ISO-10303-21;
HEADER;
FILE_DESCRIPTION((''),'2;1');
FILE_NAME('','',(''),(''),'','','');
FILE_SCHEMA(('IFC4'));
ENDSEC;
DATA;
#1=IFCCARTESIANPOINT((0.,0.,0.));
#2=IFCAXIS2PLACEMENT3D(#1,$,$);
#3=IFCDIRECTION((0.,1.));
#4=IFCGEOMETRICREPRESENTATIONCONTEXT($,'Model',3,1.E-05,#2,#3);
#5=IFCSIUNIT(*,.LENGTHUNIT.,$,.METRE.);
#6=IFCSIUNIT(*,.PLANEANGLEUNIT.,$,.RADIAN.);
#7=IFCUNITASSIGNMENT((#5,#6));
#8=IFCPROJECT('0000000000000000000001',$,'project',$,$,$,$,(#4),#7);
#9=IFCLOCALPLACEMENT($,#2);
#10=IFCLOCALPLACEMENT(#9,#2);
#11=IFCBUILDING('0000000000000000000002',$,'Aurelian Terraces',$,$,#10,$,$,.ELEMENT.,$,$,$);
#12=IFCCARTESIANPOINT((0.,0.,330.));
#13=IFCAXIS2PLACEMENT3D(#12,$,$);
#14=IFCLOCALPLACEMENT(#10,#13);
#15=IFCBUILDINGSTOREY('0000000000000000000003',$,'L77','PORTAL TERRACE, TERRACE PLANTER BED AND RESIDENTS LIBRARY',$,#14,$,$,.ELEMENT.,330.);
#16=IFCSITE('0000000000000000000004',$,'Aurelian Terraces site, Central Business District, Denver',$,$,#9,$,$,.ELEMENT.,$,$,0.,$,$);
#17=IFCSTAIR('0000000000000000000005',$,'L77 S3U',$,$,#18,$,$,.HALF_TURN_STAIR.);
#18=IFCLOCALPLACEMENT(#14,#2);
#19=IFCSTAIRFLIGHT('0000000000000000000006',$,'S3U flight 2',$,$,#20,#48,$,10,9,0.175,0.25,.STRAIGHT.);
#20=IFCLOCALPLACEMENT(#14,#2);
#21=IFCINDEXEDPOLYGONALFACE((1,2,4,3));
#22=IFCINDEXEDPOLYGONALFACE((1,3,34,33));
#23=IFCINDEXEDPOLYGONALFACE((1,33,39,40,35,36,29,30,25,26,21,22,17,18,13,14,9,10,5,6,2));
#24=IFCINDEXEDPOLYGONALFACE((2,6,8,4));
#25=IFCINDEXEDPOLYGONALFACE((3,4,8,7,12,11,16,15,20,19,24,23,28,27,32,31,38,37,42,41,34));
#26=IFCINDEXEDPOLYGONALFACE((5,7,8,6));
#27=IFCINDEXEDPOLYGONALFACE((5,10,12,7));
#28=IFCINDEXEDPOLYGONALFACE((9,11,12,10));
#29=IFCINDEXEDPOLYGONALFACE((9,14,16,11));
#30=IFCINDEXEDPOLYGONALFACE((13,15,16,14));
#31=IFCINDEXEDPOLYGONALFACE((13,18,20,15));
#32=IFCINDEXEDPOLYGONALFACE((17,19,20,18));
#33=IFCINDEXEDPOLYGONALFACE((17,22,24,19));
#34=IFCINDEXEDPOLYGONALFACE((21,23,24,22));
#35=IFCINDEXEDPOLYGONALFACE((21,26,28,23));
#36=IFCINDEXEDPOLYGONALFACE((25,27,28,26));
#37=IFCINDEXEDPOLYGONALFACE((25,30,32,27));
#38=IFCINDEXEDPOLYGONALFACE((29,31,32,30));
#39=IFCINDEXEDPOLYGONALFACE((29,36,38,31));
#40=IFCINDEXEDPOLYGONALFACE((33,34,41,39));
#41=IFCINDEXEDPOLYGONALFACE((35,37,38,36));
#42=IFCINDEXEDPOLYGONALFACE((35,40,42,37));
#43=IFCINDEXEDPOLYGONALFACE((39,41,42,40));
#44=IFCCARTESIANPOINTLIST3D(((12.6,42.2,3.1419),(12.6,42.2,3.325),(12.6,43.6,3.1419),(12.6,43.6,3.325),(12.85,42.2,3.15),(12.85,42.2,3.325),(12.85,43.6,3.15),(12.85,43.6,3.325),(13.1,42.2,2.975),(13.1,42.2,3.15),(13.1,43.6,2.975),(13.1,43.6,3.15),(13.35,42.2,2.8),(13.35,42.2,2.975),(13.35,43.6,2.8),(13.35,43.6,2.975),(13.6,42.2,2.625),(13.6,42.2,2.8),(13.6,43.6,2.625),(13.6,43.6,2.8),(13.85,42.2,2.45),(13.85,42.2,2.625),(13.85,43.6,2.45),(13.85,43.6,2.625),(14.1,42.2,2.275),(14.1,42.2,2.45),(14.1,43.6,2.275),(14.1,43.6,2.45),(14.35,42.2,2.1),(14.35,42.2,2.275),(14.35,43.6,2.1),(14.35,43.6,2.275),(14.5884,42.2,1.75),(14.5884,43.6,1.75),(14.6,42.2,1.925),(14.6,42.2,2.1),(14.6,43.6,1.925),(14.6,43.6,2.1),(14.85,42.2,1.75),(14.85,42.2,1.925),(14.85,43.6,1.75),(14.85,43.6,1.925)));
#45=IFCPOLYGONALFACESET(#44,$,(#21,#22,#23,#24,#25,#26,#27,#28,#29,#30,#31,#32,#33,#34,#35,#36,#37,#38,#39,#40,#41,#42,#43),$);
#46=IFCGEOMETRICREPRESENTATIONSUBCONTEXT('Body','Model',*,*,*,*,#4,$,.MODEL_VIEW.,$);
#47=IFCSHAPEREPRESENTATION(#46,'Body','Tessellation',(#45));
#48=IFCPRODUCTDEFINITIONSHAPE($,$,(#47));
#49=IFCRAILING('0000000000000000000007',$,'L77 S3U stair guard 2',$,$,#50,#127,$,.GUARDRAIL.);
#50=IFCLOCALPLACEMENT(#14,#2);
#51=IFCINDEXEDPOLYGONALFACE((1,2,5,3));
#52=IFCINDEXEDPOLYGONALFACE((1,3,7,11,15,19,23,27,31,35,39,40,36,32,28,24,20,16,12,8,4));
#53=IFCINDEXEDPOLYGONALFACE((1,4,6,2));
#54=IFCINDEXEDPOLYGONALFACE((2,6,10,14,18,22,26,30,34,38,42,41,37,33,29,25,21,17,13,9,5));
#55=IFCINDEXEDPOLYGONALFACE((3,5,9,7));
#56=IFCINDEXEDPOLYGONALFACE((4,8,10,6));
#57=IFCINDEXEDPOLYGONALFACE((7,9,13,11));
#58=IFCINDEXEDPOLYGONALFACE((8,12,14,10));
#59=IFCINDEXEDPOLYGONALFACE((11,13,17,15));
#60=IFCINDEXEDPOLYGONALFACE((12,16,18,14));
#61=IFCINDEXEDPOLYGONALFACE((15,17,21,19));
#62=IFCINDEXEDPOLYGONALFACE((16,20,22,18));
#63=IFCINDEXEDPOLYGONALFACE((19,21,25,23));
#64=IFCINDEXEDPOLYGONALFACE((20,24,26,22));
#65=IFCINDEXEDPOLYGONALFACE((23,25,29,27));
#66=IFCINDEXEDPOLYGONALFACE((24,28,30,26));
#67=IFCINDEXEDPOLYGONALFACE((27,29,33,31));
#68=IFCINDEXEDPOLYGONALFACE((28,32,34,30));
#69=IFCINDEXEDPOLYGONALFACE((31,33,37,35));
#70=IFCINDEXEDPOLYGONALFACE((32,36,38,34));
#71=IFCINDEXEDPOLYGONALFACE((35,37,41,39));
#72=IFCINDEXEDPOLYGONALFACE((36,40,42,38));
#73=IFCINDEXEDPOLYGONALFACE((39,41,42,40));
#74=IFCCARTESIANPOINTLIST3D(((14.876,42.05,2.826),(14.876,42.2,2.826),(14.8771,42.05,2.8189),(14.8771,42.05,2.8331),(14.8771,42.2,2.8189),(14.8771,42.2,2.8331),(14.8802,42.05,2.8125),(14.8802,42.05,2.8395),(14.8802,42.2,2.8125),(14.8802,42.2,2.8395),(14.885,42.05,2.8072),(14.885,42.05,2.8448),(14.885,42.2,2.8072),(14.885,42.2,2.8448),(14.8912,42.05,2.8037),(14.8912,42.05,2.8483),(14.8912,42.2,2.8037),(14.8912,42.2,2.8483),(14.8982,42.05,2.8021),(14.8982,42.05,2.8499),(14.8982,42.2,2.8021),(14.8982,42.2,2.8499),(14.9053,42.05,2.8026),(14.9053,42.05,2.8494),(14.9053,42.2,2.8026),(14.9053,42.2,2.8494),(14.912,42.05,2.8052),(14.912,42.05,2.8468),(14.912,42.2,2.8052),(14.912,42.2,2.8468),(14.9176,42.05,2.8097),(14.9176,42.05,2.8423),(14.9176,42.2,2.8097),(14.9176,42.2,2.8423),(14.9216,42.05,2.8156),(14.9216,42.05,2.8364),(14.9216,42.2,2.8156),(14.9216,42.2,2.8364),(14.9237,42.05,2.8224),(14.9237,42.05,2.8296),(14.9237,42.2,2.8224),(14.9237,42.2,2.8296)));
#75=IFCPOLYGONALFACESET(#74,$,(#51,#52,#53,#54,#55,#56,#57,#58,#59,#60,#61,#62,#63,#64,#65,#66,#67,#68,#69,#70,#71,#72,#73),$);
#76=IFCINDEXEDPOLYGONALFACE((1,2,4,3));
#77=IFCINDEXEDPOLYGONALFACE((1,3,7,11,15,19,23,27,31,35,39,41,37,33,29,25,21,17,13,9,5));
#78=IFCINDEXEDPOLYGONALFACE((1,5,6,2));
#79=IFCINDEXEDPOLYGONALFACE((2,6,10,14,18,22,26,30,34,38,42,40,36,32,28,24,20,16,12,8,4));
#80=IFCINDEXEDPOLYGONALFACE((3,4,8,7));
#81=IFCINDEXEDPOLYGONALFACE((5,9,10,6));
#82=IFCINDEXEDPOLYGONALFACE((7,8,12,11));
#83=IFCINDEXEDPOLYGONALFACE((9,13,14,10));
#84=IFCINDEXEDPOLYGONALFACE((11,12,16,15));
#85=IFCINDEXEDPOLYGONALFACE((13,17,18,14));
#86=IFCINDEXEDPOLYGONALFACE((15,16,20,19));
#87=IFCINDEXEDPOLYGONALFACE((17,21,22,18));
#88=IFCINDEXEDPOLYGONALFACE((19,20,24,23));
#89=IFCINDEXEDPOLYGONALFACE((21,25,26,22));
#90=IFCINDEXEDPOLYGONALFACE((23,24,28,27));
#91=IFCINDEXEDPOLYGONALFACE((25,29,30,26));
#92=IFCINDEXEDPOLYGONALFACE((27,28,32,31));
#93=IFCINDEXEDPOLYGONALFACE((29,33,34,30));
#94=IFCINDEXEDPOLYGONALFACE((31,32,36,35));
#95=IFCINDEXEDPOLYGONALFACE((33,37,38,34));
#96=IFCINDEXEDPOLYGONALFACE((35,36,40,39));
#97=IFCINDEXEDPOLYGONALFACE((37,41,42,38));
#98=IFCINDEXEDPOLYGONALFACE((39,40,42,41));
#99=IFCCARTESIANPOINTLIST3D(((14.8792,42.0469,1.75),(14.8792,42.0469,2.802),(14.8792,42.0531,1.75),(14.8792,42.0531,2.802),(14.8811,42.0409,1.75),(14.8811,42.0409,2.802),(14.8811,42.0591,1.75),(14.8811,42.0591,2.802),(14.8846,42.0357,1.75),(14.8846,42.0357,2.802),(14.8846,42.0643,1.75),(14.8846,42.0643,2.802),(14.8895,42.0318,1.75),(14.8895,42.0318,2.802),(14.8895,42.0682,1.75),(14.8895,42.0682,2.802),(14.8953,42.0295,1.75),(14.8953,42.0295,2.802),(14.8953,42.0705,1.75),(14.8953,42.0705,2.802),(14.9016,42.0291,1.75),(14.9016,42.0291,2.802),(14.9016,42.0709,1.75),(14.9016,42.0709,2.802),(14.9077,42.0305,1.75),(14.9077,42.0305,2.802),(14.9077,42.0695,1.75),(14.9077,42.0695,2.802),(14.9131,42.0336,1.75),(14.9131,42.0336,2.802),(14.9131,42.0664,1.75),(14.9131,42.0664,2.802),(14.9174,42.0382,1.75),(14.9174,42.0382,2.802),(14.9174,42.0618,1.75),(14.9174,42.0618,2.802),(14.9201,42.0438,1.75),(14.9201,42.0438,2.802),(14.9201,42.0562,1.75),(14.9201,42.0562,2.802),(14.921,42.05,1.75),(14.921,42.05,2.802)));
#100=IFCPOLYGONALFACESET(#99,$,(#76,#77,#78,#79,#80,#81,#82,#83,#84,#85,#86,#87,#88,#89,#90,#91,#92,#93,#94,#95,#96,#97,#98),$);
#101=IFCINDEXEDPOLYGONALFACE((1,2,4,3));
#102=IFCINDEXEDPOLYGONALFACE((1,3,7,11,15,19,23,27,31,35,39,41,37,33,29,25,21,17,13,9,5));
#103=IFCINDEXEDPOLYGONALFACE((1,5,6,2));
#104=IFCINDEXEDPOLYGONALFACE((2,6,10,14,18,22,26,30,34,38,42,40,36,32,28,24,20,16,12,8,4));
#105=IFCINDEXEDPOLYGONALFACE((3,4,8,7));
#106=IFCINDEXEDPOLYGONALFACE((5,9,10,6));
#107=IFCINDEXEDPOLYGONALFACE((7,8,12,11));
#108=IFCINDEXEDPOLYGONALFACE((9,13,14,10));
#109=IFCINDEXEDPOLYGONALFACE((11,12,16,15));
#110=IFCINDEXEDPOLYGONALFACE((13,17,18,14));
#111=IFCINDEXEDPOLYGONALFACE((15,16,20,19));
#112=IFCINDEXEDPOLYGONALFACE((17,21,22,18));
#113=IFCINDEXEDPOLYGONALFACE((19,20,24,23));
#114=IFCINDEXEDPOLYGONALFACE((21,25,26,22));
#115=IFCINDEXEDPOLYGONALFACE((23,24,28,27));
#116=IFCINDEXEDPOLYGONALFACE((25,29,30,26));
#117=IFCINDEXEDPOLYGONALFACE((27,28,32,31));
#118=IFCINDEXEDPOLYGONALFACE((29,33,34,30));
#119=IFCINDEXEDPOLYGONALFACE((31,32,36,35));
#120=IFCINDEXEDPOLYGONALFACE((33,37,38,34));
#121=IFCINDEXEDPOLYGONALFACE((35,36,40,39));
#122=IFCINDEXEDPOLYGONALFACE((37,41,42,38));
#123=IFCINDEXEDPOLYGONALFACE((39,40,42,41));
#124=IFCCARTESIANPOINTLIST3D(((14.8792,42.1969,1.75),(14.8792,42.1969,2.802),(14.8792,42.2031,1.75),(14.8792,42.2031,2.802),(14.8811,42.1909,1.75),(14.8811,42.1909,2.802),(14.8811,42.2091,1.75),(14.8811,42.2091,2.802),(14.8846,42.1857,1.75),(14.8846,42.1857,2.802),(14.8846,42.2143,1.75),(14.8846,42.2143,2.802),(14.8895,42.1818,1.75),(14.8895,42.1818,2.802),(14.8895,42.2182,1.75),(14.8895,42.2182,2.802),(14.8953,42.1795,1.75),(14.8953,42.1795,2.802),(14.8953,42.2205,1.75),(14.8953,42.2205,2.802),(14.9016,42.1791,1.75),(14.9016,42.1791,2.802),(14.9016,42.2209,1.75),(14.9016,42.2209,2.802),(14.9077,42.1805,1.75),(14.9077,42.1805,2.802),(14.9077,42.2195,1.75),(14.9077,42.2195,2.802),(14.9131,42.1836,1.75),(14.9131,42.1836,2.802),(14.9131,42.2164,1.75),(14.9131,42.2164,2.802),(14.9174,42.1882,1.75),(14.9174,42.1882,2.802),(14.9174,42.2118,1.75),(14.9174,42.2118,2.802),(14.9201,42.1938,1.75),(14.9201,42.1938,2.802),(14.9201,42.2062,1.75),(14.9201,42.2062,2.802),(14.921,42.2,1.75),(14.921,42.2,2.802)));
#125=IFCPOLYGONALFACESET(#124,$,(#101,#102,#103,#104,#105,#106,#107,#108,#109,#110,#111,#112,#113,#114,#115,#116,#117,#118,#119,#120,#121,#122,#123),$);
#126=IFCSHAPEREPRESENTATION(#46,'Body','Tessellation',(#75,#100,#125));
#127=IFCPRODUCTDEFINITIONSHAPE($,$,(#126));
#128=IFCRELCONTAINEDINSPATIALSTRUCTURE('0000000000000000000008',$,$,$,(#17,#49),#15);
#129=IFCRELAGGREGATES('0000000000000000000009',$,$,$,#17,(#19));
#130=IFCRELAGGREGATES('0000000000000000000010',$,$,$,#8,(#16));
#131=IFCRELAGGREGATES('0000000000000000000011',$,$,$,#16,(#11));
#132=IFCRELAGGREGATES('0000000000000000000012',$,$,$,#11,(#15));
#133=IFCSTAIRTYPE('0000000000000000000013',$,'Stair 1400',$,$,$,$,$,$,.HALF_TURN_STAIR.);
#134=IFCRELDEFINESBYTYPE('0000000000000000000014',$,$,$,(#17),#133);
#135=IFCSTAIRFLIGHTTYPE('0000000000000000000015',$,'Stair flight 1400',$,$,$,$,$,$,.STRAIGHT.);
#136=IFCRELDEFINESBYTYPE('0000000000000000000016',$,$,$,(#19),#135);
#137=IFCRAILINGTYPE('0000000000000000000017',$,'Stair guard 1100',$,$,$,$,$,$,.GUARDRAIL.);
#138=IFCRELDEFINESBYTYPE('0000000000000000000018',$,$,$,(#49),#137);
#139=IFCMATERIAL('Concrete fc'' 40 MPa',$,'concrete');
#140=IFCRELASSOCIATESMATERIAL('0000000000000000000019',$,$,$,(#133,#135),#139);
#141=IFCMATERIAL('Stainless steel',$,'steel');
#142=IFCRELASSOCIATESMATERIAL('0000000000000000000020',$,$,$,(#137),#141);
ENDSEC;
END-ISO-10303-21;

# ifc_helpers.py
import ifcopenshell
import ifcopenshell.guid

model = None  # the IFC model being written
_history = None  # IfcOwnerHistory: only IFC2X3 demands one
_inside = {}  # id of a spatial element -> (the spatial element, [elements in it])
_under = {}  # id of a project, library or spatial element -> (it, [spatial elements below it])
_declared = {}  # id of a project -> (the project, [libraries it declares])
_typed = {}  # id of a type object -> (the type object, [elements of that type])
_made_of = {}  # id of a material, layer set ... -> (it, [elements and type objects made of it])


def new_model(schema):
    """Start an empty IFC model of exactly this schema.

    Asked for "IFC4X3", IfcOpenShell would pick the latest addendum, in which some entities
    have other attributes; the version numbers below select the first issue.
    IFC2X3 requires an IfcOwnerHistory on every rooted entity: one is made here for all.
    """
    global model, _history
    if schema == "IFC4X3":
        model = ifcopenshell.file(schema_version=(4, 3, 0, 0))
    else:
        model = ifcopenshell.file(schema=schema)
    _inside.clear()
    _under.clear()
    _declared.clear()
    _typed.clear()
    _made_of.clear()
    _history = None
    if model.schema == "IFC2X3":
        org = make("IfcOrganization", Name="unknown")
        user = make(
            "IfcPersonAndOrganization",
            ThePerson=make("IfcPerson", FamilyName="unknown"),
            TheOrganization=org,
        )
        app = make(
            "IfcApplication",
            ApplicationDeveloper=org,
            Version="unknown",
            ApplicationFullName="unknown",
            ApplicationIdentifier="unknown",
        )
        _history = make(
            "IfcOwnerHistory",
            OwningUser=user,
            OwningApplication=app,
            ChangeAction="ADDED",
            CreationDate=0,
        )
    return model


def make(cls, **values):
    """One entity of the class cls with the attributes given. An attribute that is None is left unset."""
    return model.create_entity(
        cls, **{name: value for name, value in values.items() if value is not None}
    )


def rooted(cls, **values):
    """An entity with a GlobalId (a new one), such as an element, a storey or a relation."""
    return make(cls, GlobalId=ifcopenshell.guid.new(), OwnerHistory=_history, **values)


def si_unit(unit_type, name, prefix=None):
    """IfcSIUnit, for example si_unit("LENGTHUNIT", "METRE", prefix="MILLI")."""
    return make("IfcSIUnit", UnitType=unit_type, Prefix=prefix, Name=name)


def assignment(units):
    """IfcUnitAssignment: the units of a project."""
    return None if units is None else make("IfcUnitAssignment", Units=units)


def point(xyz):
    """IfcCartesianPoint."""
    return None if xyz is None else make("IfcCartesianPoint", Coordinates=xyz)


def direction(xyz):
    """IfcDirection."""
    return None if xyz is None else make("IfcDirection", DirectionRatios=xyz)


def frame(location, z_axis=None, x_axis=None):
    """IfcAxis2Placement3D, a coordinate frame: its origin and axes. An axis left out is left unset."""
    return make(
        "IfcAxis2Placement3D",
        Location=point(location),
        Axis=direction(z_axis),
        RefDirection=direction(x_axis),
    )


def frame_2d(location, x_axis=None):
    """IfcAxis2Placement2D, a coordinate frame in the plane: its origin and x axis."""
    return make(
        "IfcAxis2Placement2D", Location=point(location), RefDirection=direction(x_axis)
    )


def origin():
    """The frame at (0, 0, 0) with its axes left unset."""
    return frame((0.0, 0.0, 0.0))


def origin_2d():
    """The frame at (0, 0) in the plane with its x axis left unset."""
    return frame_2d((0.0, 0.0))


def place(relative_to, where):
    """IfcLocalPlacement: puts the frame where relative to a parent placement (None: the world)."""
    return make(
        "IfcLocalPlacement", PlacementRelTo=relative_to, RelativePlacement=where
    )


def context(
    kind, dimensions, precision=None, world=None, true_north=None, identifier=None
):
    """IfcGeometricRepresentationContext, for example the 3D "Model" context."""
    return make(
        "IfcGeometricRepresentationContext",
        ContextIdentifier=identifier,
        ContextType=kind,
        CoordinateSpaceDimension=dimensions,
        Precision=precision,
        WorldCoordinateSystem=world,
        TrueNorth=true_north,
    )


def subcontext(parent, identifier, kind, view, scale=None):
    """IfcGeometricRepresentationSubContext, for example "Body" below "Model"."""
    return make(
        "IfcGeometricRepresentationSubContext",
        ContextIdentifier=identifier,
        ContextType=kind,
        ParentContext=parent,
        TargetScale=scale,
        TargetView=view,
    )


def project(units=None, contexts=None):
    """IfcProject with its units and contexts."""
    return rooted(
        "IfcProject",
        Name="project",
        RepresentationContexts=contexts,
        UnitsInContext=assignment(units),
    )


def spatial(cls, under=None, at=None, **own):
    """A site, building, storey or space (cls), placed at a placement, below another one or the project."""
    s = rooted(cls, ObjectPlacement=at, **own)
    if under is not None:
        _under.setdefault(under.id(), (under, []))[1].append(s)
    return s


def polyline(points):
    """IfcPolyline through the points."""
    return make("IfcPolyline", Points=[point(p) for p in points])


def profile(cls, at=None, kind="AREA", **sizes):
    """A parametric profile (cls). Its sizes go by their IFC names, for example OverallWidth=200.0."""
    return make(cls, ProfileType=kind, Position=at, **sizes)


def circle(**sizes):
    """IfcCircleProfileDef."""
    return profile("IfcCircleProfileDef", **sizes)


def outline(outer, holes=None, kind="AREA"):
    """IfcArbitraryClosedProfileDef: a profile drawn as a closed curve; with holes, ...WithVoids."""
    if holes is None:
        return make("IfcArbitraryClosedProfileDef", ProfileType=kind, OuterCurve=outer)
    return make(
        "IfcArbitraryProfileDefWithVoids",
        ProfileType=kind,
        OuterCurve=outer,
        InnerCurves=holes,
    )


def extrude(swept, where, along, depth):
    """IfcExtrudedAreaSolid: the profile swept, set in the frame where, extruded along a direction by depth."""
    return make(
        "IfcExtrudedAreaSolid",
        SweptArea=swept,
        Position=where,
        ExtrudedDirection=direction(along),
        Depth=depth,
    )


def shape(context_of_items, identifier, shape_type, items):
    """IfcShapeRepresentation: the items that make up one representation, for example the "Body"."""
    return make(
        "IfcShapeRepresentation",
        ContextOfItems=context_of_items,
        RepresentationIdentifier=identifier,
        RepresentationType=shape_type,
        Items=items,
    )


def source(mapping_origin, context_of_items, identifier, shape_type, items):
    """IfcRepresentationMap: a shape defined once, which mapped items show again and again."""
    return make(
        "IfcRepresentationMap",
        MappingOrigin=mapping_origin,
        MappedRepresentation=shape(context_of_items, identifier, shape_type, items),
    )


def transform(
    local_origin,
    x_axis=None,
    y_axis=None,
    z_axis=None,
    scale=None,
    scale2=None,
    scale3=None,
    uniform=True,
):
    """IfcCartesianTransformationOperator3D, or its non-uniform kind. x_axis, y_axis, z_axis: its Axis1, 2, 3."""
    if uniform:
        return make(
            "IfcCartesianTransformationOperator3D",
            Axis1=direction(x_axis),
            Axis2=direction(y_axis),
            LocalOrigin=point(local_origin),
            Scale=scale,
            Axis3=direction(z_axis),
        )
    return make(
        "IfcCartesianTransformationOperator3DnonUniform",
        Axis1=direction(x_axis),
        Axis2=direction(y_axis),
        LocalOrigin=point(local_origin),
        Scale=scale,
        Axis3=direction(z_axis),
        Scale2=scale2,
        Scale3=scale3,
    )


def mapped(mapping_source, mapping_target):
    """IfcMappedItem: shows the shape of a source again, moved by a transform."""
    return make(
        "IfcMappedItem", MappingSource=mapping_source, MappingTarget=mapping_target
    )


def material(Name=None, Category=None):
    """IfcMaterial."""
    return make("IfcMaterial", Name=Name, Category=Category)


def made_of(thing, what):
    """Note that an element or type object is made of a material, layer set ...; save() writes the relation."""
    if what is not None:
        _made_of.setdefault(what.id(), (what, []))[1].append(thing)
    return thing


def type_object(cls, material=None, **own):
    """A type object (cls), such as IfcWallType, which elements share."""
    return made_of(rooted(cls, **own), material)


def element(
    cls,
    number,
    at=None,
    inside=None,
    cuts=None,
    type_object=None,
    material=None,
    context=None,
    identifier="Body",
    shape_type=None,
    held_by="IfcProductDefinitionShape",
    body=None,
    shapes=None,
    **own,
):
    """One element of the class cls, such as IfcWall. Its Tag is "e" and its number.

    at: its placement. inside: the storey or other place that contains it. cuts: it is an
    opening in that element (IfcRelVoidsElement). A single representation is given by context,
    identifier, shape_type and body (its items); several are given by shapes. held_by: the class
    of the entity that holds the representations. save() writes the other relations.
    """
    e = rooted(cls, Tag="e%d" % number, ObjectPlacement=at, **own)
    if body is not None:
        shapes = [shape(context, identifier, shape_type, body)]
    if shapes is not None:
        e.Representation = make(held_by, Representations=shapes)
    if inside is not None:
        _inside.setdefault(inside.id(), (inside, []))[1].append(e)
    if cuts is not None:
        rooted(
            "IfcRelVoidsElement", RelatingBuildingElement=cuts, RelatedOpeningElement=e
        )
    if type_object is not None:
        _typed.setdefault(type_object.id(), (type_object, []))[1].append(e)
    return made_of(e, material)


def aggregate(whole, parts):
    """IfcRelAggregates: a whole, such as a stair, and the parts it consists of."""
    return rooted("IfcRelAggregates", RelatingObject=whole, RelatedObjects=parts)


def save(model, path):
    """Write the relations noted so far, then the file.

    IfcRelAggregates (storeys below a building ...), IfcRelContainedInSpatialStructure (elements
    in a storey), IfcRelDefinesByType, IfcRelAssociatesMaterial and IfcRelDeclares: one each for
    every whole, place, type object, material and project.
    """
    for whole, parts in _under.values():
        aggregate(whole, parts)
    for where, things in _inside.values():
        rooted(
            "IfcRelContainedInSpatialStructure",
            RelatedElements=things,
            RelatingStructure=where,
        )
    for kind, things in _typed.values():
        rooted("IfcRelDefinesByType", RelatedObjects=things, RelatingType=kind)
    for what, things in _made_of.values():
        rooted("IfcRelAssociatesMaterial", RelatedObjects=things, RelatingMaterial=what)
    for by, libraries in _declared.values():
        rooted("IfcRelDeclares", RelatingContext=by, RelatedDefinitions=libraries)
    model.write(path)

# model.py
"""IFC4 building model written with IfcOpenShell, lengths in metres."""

from ifc_helpers import new_model, si_unit, direction, frame, origin, origin_2d, place, context, subcontext, project, spatial, polyline, circle, outline, extrude, source, transform, mapped, material, type_object, element, aggregate, save


model = new_model("IFC4")

# Units and contexts
model_context = context("Model", 3, precision=1e-05, world=origin(), true_north=direction((0.0, 1.0)))
body_context = subcontext(model_context, "Body", "Model", "MODEL_VIEW")
ifc_project = project(units=[si_unit("LENGTHUNIT", "METRE"), si_unit("PLANEANGLEUNIT", "RADIAN")], contexts=[model_context])

# Site, building, storey
site_placement = place(None, origin())
site = spatial("IfcSite", under=ifc_project, at=site_placement, Name="Aurelian Terraces site, Central Business District, Denver", CompositionType="ELEMENT", RefElevation=0.0)
building_placement = place(site_placement, origin())
building = spatial("IfcBuilding", under=site, at=building_placement, Name="Aurelian Terraces", CompositionType="ELEMENT")
storey_placement = place(building_placement, frame((0.0, 0.0, 330.0)))
storey = spatial("IfcBuildingStorey", under=building, at=storey_placement, Name="L77", Description="PORTAL TERRACE, TERRACE PLANTER BED AND RESIDENTS LIBRARY", CompositionType="ELEMENT", Elevation=330.0)

# Shared definitions
ifc_material_1 = material(Name="Concrete fc' 40 MPa", Category="concrete")

# Stair, stair flight
stair_type = type_object("IfcStairType", Name="Stair 1400", PredefinedType="HALF_TURN_STAIR", material=ifc_material_1)
stair_placement = place(storey_placement, origin())
stair = element("IfcStair", 1, at=stair_placement, inside=storey, type_object=stair_type, Name="L77 S3U", PredefinedType="HALF_TURN_STAIR")
stair_flight_type = type_object("IfcStairFlightType", Name="Stair flight 1400", PredefinedType="STRAIGHT", material=ifc_material_1)
shared_shape_1 = source(origin(), body_context, "Body", "SweptSolid", [
    extrude(outline(polyline([(0.0, 0.0), (0.0, 0.175), (0.25, 0.175), (0.25, 0.35), (0.5, 0.35), (0.5, 0.525), (0.75, 0.525), (0.75, 0.7), (1.0, 0.7), (1.0, 0.875), (1.25, 0.875), (1.25, 1.05), (1.5, 1.05), (1.5, 1.225), (1.75, 1.225), (1.75, 1.4), (2.0, 1.4), (2.0, 1.575), (2.25, 1.575), (2.25, 1.75), (2.25, 1.3919), (0.2616, 0.0), (0.0, 0.0)])), frame((0.0, 0.7, 0.0), z_axis=(0.0, -1.0, 0.0), x_axis=(1.0, 0.0, 0.0)), (0.0, 0.0, 1.0), 1.4),
])
stair_flight_placement = place(storey_placement, frame((14.85, 42.9, 1.75), z_axis=(0.0, 0.0, 1.0), x_axis=(-1.0, 0.0, 0.0)))
stair_flight = element("IfcStairFlight", 2, at=stair_flight_placement, type_object=stair_flight_type, Name="S3U flight 2", NumberOfRisers=10, NumberOfTreads=9, PredefinedType="STRAIGHT", RiserHeight=0.175, TreadLength=0.25, context=body_context, shape_type="MappedRepresentation", body=[
    mapped(shared_shape_1, transform((0.0, 0.0, 0.0), scale=1.0)),
])
aggregate(stair, [stair_flight])

# Railing
ifc_material_2 = material(Name="Stainless steel", Category="steel")
railing_type_1 = type_object("IfcRailingType", Name="Stair guard 1100", PredefinedType="GUARDRAIL", material=ifc_material_2)
shared_shape_2 = source(origin(), body_context, "Body", "SweptSolid", [
    extrude(circle(Radius=0.024, at=origin_2d()), frame((0.0, 0.0, 1.076), z_axis=(0.0, 1.0, 0.0), x_axis=(-1.0, 0.0, 0.0)), (0.0, 0.0, 1.0), 0.15),
    extrude(circle(Radius=0.021, at=origin_2d()), origin(), (0.0, 0.0, 1.0), 1.052),
    extrude(circle(Radius=0.021, at=origin_2d()), frame((0.0, 0.15, 0.0)), (0.0, 0.0, 1.0), 1.052),
])
railing_1_placement = place(storey_placement, frame((14.9, 42.05, 1.75)))
element("IfcRailing", 3, at=railing_1_placement, inside=storey, type_object=railing_type_1, Name="L77 S3U stair guard 2", PredefinedType="GUARDRAIL", context=body_context, shape_type="MappedRepresentation", body=[
    mapped(shared_shape_2, transform((0.0, 0.0, 0.0), scale=1.0)),
])

save(model, "model.ifc")
